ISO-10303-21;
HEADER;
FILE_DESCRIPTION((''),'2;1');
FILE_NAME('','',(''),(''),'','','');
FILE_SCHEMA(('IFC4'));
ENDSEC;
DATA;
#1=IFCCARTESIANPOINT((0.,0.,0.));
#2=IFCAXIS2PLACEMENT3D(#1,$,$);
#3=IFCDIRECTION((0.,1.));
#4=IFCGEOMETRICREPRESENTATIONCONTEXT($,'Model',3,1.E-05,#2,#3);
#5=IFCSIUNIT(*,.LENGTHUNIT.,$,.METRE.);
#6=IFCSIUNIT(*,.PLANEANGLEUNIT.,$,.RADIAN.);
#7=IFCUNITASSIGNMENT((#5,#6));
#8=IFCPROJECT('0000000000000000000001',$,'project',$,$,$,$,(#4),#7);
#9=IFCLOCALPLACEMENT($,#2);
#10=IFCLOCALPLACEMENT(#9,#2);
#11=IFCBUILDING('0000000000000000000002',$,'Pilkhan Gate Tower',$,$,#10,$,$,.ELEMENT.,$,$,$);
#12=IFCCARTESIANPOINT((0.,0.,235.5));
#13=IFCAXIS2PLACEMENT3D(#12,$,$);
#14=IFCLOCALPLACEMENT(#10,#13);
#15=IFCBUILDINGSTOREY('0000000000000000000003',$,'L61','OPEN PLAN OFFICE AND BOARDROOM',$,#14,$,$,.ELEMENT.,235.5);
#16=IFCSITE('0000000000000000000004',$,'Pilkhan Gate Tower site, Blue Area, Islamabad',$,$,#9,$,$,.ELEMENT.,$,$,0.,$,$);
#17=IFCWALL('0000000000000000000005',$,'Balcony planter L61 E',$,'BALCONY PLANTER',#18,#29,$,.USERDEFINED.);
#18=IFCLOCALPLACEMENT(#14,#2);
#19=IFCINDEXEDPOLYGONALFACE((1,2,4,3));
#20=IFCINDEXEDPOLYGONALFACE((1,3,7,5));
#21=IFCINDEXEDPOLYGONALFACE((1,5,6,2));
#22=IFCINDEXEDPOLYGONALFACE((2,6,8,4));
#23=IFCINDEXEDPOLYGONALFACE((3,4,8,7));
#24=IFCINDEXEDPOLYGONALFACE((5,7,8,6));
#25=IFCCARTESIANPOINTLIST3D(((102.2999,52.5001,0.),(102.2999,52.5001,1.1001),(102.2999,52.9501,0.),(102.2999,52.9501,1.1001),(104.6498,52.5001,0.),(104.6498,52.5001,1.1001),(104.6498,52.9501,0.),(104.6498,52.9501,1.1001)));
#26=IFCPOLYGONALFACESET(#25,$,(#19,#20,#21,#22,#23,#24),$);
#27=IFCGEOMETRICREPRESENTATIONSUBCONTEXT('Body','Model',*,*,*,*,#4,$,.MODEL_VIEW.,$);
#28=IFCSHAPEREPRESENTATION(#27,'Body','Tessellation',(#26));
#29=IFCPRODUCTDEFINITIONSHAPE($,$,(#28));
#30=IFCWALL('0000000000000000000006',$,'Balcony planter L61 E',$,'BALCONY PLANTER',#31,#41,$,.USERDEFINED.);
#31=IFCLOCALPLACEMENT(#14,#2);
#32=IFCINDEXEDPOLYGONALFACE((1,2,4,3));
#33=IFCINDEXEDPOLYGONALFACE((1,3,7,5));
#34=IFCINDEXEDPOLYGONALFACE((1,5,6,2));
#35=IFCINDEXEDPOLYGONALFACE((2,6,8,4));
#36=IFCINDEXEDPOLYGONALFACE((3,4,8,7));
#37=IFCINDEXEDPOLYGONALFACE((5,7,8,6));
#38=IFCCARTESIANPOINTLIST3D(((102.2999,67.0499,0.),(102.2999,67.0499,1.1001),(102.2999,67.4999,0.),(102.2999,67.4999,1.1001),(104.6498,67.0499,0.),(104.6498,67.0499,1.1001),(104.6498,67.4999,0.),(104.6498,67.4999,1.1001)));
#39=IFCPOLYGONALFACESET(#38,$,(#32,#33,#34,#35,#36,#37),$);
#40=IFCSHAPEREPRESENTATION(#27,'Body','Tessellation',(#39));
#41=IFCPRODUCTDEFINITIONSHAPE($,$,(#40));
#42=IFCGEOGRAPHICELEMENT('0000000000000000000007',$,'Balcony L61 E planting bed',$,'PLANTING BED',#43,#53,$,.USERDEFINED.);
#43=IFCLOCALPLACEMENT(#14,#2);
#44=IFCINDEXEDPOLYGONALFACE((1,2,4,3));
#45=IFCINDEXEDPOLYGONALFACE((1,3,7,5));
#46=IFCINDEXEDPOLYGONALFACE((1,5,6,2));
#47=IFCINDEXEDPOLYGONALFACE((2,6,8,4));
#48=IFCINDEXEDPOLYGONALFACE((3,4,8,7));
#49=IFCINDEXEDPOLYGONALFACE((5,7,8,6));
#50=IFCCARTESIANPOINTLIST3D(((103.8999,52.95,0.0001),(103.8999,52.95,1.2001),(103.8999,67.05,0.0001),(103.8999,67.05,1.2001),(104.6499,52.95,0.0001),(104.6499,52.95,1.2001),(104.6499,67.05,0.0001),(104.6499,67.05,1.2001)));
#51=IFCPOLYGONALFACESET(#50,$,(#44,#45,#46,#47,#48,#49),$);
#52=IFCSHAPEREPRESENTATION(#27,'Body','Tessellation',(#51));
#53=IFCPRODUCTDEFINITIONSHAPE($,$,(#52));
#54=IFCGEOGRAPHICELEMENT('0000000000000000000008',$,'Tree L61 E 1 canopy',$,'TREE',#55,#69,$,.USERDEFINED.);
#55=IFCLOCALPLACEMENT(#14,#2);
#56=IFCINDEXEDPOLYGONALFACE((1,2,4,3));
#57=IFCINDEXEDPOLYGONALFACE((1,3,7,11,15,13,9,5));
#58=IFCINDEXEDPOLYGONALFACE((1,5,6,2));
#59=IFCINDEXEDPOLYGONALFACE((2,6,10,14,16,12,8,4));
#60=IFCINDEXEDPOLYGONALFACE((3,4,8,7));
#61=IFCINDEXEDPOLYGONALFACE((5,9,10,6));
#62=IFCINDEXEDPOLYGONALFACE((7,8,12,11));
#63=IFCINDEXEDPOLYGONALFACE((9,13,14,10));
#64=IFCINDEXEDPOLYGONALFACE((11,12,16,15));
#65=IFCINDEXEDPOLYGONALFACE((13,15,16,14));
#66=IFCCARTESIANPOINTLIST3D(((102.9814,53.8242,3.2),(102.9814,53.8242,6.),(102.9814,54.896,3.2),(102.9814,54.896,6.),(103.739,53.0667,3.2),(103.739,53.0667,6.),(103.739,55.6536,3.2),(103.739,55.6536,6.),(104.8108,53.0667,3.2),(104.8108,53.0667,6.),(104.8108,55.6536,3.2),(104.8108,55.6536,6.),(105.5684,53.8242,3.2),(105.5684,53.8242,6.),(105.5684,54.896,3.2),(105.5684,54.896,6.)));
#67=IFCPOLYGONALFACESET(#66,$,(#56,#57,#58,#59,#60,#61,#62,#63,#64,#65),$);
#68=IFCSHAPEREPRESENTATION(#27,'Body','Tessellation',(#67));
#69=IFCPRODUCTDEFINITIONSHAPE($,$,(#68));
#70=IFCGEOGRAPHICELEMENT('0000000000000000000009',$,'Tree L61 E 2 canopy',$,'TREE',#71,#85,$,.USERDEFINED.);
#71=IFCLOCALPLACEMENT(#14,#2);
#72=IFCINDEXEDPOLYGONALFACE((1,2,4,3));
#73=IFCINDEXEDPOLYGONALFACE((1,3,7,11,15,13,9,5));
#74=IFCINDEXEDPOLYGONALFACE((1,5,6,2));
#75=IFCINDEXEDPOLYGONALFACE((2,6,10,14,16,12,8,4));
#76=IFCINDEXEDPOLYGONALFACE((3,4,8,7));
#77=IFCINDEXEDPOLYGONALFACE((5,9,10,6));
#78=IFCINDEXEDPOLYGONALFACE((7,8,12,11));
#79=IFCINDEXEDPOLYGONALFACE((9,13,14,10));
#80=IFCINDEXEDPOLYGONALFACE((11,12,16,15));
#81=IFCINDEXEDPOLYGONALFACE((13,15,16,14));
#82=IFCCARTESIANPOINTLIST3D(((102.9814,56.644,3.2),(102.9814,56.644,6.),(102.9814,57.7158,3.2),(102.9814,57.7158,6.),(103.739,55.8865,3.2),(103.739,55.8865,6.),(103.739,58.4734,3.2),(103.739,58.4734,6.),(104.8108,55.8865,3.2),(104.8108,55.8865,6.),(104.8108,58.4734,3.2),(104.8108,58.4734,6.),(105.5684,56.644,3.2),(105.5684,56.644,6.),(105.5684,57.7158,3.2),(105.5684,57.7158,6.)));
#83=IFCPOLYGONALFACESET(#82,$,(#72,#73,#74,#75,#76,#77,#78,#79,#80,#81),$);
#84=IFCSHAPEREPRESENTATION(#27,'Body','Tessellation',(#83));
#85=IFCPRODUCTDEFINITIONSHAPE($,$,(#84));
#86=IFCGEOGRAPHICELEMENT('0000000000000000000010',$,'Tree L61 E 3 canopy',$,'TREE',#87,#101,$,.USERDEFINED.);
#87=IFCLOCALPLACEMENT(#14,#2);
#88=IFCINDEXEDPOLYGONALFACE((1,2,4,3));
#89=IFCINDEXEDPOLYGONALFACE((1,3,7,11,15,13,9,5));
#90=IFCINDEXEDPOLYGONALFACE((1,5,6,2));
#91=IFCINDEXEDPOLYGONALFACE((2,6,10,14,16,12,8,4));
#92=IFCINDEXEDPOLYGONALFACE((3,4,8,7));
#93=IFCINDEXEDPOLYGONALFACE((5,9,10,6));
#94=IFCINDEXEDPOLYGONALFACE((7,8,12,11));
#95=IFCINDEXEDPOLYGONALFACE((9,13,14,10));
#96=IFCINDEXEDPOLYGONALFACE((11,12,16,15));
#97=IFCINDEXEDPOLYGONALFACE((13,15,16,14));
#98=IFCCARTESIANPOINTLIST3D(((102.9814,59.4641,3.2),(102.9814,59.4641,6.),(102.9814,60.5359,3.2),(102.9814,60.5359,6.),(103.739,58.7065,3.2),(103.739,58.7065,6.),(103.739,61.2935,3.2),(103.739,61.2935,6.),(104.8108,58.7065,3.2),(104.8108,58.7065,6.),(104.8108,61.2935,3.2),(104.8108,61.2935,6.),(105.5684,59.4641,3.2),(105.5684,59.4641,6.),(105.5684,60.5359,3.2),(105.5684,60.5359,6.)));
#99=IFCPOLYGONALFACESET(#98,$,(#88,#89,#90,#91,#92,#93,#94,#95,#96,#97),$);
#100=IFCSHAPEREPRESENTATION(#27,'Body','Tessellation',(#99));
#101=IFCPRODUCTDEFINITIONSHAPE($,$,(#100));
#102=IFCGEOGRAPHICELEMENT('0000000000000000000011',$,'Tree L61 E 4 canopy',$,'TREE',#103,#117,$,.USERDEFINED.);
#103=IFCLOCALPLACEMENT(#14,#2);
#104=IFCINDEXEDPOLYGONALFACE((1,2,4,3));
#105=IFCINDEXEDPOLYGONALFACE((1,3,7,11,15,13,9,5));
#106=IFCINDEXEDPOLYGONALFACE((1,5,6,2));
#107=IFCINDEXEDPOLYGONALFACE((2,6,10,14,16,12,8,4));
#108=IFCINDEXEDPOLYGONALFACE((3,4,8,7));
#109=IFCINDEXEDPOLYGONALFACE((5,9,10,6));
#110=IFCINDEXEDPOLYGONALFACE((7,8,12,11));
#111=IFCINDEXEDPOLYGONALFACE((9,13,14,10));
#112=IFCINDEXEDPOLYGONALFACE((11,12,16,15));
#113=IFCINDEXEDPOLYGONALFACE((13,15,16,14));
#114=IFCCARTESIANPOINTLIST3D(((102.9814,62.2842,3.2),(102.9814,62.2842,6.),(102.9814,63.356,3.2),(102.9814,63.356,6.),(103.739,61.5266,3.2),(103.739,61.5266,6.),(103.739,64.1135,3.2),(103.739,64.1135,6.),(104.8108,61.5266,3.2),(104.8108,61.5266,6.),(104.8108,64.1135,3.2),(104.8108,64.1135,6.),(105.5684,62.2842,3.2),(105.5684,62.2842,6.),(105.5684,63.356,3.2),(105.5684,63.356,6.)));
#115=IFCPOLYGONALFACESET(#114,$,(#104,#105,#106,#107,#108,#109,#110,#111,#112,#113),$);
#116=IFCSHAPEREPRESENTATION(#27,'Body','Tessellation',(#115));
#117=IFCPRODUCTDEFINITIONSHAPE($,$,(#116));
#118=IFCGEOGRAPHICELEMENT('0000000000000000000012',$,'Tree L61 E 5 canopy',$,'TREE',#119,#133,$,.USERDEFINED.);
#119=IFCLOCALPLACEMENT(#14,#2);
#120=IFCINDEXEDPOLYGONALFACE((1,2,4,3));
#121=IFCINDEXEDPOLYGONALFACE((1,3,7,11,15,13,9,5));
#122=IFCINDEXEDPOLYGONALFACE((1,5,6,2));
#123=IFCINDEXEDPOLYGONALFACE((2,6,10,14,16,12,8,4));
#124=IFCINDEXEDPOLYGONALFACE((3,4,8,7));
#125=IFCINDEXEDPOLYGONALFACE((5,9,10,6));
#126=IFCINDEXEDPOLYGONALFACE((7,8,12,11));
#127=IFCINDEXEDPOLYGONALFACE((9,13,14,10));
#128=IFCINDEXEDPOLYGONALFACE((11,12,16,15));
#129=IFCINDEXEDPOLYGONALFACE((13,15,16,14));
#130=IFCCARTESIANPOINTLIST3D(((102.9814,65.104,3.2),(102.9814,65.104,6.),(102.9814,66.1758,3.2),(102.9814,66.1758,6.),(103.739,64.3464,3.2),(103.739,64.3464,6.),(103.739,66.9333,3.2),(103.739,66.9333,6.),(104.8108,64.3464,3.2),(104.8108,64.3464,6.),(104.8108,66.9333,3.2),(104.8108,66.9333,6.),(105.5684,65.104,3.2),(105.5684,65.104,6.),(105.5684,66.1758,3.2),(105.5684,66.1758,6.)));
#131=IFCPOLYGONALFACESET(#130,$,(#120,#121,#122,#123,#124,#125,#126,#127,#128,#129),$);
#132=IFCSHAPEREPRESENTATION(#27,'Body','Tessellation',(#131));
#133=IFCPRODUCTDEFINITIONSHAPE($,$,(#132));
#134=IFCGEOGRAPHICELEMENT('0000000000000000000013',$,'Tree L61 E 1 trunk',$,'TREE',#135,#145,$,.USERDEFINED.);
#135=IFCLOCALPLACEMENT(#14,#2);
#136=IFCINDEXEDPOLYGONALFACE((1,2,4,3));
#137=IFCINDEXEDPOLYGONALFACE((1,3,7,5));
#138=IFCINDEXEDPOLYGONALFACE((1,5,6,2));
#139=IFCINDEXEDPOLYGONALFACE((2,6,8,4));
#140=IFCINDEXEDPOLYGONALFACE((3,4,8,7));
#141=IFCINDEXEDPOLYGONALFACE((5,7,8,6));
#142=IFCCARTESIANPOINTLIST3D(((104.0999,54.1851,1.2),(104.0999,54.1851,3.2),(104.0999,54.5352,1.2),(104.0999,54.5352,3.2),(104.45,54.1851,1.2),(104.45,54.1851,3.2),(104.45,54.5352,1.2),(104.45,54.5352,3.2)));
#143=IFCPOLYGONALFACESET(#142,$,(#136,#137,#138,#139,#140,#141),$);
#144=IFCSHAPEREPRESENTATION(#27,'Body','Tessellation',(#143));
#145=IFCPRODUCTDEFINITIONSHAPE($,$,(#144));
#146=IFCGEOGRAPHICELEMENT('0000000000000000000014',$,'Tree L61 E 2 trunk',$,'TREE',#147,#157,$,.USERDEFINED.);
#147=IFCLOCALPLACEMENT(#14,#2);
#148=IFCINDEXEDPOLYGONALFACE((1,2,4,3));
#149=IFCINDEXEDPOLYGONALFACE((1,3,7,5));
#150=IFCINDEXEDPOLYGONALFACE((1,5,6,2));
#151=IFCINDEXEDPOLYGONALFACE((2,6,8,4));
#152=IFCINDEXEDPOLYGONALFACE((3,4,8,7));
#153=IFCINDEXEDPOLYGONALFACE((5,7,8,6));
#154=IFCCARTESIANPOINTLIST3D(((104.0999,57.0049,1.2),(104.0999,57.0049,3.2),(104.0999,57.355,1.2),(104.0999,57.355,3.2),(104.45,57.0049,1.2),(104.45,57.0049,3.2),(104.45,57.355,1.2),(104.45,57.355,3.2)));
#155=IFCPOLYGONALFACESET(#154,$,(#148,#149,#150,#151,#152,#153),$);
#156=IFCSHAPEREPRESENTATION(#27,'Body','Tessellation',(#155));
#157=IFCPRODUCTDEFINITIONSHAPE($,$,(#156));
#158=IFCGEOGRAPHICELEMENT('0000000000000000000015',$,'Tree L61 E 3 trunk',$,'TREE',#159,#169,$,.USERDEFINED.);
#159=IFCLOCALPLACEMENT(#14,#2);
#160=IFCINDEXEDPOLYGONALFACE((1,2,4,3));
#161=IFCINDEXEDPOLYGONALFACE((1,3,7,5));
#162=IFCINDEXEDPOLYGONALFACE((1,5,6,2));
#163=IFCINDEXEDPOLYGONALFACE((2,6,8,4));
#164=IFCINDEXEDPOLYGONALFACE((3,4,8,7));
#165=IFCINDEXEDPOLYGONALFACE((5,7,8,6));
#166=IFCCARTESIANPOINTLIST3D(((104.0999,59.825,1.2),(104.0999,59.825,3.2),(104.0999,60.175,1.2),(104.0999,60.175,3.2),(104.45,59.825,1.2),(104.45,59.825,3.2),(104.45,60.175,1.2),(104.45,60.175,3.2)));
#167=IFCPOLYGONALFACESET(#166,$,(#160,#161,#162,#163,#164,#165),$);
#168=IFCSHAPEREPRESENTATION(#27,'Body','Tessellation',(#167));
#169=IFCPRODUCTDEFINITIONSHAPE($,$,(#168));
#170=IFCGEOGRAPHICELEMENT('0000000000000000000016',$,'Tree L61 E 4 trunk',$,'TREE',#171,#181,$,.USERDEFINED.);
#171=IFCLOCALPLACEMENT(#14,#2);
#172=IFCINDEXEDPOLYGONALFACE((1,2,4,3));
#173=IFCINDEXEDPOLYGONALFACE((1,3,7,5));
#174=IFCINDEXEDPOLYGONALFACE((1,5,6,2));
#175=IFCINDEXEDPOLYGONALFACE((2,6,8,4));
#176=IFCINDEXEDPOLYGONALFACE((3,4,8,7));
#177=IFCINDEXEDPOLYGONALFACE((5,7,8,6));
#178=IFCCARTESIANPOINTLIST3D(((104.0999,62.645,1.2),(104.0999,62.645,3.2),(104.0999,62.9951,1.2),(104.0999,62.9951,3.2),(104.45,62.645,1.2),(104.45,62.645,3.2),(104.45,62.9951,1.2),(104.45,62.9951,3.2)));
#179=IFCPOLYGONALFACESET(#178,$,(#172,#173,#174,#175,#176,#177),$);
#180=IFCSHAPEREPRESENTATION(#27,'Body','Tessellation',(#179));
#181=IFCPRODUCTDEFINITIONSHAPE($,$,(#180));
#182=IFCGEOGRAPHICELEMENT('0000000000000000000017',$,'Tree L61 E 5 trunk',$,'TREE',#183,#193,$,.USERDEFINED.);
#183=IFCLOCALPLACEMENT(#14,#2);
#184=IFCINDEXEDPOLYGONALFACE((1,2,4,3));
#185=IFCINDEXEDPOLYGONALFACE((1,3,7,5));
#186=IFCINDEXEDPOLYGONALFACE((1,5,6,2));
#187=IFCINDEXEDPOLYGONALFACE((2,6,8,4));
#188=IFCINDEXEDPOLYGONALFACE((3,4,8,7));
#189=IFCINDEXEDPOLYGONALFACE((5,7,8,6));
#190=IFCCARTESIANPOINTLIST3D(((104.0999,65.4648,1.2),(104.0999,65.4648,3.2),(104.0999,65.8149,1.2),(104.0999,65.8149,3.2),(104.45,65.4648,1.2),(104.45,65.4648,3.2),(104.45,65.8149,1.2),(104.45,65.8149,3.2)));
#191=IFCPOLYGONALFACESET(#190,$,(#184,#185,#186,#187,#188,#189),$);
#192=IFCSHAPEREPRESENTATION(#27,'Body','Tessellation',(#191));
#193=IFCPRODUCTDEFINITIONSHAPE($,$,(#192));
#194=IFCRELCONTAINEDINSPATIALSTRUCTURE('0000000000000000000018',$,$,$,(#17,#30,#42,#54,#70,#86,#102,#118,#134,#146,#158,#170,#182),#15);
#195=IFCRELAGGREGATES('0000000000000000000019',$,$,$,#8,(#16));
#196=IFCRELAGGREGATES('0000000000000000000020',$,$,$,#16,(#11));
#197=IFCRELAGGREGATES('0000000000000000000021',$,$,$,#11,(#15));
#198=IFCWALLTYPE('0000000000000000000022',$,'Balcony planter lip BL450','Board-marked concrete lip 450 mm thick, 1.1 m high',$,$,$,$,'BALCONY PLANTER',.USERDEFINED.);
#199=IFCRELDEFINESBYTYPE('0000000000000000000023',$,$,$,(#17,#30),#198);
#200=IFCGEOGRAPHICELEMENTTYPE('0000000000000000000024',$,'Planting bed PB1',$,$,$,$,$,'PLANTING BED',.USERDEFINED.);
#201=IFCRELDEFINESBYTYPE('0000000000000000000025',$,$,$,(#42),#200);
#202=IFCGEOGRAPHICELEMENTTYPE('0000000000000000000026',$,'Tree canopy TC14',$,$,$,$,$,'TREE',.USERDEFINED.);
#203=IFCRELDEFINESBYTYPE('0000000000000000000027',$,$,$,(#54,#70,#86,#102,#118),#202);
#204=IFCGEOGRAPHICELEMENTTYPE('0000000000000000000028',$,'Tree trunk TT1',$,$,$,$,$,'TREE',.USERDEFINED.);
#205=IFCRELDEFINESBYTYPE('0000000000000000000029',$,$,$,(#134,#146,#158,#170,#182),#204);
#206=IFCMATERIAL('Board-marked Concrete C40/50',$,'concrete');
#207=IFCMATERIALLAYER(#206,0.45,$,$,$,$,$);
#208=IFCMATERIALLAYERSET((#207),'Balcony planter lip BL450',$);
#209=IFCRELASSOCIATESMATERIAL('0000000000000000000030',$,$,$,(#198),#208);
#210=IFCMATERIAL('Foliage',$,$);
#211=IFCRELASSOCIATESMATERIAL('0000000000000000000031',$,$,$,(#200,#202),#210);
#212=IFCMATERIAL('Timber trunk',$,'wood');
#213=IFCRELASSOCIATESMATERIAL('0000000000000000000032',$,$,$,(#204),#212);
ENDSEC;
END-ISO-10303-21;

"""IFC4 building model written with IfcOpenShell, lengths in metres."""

from ifc_helpers import new_model, si_unit, direction, frame, frame_2d, origin, origin_2d, place, context, subcontext, project, spatial, polyline, rectangle, outline, extrude, material, layer, layer_set, material_profile, profile_set, type_object, element, save


model = new_model("IFC4")

# Units and contexts
model_context = context("Model", 3, precision=1e-05, world=origin(), true_north=direction((0.0, 1.0)))
body_context = subcontext(model_context, "Body", "Model", "MODEL_VIEW")
ifc_project = project(units=[si_unit("LENGTHUNIT", "METRE"), si_unit("PLANEANGLEUNIT", "RADIAN")], contexts=[model_context])

# Site, building, storey
site_placement = place(None, origin())
site = spatial("IfcSite", under=ifc_project, at=site_placement, Name="Pilkhan Gate Tower site, Blue Area, Islamabad", CompositionType="ELEMENT", RefElevation=0.0)
building_placement = place(site_placement, origin())
building = spatial("IfcBuilding", under=site, at=building_placement, Name="Pilkhan Gate Tower", CompositionType="ELEMENT")
storey_placement = place(building_placement, frame((0.0, 0.0, 235.5)))
storey = spatial("IfcBuildingStorey", under=building, at=storey_placement, Name="L61", Description="OPEN PLAN OFFICE AND BOARDROOM", CompositionType="ELEMENT", Elevation=235.5)

# Walls
ifc_material_1 = material(Name="Board-marked Concrete C40/50", Category="concrete")
ifc_layer_1 = layer(ifc_material_1, 0.45)
ifc_layer_set_1 = layer_set([ifc_layer_1], Name="Balcony planter lip BL450")
wall_type_1 = type_object("IfcWallType", Name="Balcony planter lip BL450", Description="Board-marked concrete lip 450 mm thick, 1.1 m high", ElementType="BALCONY PLANTER", PredefinedType="USERDEFINED", material=ifc_layer_set_1)
for number, where, z_axis, x_axis, name in (
    (1, (102.3, 52.7251, 0.0), (0.0, 0.0, 1.0), (1.0, 0.0, 0.0), "Balcony planter L61 E"),
    (2, (102.3, 67.2749, 0.0), (0.0, 0.0, 1.0), (1.0, 0.0, 0.0), "Balcony planter L61 E"),
):
    element("IfcWall", number, at=place(storey_placement, frame(where, z_axis=z_axis, x_axis=x_axis)), inside=storey, type_object=wall_type_1, Name=name, ObjectType="BALCONY PLANTER", PredefinedType="USERDEFINED", context=body_context, shape_type="SweptSolid", body=[
        extrude(rectangle(XDim=2.3499, YDim=0.45, at=frame_2d((1.1748, 0.0))), origin(), (0.0, 0.0, 1.0), 1.1001),
    ])

# Geographic elements
ifc_material_2 = material(Name="Foliage")
ifc_material_profile_1 = material_profile(ifc_material_2, rectangle(XDim=0.75, YDim=1.2, at=origin_2d()), Name="Bed 750x1200")
ifc_profile_set_1 = profile_set([ifc_material_profile_1], Name="Foliage")
geographic_element_type_1 = type_object("IfcGeographicElementType", Name="Planting bed PB1", ElementType="PLANTING BED", PredefinedType="USERDEFINED", material=ifc_profile_set_1)
geographic_element_placement = place(storey_placement, frame((104.2749, 52.95, 0.6001), z_axis=(0.0, 1.0, 0.0), x_axis=(-1.0, 0.0, 0.0)))
element("IfcGeographicElement", 3, at=geographic_element_placement, inside=storey, type_object=geographic_element_type_1, Name="Balcony L61 E planting bed", ObjectType="PLANTING BED", PredefinedType="USERDEFINED", context=body_context, shape_type="SweptSolid", body=[
    extrude(rectangle(XDim=0.75, YDim=1.2, at=origin_2d()), origin(), (0.0, 0.0, 1.0), 14.1001),
])
ifc_material_profile_2 = material_profile(ifc_material_2, outline(polyline([(1.2935, 0.5359), (0.5359, 1.2935), (-0.5359, 1.2935), (-1.2935, 0.5359), (-1.2935, -0.5359), (-0.5359, -1.2935), (0.5359, -1.2935), (1.2935, -0.5359), (1.2935, 0.5359)])), Name="Canopy D2.8")
ifc_profile_set_2 = profile_set([ifc_material_profile_2], Name="Foliage")
geographic_element_type_2 = type_object("IfcGeographicElementType", Name="Tree canopy TC14", ElementType="TREE", PredefinedType="USERDEFINED", material=ifc_profile_set_2)
for number, where, z_axis, x_axis, name in (
    (4, (104.2749, 54.3601, 3.2), (0.0, 0.0, 1.0), (1.0, 0.0, 0.0), "Tree L61 E 1 canopy"),
    (5, (104.2749, 57.1799, 3.2), (0.0, 0.0, 1.0), (1.0, 0.0, 0.0), "Tree L61 E 2 canopy"),
    (6, (104.2749, 60.0, 3.2), (0.0, 0.0, 1.0), (1.0, 0.0, 0.0), "Tree L61 E 3 canopy"),
    (7, (104.2749, 62.8201, 3.2), (0.0, 0.0, 1.0), (1.0, 0.0, 0.0), "Tree L61 E 4 canopy"),
    (8, (104.2749, 65.6399, 3.2), (0.0, 0.0, 1.0), (1.0, 0.0, 0.0), "Tree L61 E 5 canopy"),
):
    element("IfcGeographicElement", number, at=place(storey_placement, frame(where, z_axis=z_axis, x_axis=x_axis)), inside=storey, type_object=geographic_element_type_2, Name=name, ObjectType="TREE", PredefinedType="USERDEFINED", context=body_context, shape_type="SweptSolid", body=[
        extrude(outline(polyline([(1.2935, 0.5359), (0.5359, 1.2935), (-0.5359, 1.2935), (-1.2935, 0.5359), (-1.2935, -0.5359), (-0.5359, -1.2935), (0.5359, -1.2935), (1.2935, -0.5359), (1.2935, 0.5359)])), origin(), (0.0, 0.0, 1.0), 2.8),
    ])
ifc_material_3 = material(Name="Timber trunk", Category="wood")
geographic_element_type_3 = type_object("IfcGeographicElementType", Name="Tree trunk TT1", ElementType="TREE", PredefinedType="USERDEFINED", material=ifc_material_3)
for number, where, z_axis, x_axis, name in (
    (9, (104.2749, 54.3601, 1.2), (0.0, 0.0, 1.0), (1.0, 0.0, 0.0), "Tree L61 E 1 trunk"),
    (10, (104.2749, 57.1799, 1.2), (0.0, 0.0, 1.0), (1.0, 0.0, 0.0), "Tree L61 E 2 trunk"),
    (11, (104.2749, 60.0, 1.2), (0.0, 0.0, 1.0), (1.0, 0.0, 0.0), "Tree L61 E 3 trunk"),
    (12, (104.2749, 62.8201, 1.2), (0.0, 0.0, 1.0), (1.0, 0.0, 0.0), "Tree L61 E 4 trunk"),
    (13, (104.2749, 65.6399, 1.2), (0.0, 0.0, 1.0), (1.0, 0.0, 0.0), "Tree L61 E 5 trunk"),
):
    element("IfcGeographicElement", number, at=place(storey_placement, frame(where, z_axis=z_axis, x_axis=x_axis)), inside=storey, type_object=geographic_element_type_3, Name=name, ObjectType="TREE", PredefinedType="USERDEFINED", context=body_context, shape_type="SweptSolid", body=[
        extrude(rectangle(XDim=0.3501, YDim=0.3501, at=origin_2d()), origin(), (0.0, 0.0, 1.0), 2.0),
    ])

save(model, "model.ifc")
